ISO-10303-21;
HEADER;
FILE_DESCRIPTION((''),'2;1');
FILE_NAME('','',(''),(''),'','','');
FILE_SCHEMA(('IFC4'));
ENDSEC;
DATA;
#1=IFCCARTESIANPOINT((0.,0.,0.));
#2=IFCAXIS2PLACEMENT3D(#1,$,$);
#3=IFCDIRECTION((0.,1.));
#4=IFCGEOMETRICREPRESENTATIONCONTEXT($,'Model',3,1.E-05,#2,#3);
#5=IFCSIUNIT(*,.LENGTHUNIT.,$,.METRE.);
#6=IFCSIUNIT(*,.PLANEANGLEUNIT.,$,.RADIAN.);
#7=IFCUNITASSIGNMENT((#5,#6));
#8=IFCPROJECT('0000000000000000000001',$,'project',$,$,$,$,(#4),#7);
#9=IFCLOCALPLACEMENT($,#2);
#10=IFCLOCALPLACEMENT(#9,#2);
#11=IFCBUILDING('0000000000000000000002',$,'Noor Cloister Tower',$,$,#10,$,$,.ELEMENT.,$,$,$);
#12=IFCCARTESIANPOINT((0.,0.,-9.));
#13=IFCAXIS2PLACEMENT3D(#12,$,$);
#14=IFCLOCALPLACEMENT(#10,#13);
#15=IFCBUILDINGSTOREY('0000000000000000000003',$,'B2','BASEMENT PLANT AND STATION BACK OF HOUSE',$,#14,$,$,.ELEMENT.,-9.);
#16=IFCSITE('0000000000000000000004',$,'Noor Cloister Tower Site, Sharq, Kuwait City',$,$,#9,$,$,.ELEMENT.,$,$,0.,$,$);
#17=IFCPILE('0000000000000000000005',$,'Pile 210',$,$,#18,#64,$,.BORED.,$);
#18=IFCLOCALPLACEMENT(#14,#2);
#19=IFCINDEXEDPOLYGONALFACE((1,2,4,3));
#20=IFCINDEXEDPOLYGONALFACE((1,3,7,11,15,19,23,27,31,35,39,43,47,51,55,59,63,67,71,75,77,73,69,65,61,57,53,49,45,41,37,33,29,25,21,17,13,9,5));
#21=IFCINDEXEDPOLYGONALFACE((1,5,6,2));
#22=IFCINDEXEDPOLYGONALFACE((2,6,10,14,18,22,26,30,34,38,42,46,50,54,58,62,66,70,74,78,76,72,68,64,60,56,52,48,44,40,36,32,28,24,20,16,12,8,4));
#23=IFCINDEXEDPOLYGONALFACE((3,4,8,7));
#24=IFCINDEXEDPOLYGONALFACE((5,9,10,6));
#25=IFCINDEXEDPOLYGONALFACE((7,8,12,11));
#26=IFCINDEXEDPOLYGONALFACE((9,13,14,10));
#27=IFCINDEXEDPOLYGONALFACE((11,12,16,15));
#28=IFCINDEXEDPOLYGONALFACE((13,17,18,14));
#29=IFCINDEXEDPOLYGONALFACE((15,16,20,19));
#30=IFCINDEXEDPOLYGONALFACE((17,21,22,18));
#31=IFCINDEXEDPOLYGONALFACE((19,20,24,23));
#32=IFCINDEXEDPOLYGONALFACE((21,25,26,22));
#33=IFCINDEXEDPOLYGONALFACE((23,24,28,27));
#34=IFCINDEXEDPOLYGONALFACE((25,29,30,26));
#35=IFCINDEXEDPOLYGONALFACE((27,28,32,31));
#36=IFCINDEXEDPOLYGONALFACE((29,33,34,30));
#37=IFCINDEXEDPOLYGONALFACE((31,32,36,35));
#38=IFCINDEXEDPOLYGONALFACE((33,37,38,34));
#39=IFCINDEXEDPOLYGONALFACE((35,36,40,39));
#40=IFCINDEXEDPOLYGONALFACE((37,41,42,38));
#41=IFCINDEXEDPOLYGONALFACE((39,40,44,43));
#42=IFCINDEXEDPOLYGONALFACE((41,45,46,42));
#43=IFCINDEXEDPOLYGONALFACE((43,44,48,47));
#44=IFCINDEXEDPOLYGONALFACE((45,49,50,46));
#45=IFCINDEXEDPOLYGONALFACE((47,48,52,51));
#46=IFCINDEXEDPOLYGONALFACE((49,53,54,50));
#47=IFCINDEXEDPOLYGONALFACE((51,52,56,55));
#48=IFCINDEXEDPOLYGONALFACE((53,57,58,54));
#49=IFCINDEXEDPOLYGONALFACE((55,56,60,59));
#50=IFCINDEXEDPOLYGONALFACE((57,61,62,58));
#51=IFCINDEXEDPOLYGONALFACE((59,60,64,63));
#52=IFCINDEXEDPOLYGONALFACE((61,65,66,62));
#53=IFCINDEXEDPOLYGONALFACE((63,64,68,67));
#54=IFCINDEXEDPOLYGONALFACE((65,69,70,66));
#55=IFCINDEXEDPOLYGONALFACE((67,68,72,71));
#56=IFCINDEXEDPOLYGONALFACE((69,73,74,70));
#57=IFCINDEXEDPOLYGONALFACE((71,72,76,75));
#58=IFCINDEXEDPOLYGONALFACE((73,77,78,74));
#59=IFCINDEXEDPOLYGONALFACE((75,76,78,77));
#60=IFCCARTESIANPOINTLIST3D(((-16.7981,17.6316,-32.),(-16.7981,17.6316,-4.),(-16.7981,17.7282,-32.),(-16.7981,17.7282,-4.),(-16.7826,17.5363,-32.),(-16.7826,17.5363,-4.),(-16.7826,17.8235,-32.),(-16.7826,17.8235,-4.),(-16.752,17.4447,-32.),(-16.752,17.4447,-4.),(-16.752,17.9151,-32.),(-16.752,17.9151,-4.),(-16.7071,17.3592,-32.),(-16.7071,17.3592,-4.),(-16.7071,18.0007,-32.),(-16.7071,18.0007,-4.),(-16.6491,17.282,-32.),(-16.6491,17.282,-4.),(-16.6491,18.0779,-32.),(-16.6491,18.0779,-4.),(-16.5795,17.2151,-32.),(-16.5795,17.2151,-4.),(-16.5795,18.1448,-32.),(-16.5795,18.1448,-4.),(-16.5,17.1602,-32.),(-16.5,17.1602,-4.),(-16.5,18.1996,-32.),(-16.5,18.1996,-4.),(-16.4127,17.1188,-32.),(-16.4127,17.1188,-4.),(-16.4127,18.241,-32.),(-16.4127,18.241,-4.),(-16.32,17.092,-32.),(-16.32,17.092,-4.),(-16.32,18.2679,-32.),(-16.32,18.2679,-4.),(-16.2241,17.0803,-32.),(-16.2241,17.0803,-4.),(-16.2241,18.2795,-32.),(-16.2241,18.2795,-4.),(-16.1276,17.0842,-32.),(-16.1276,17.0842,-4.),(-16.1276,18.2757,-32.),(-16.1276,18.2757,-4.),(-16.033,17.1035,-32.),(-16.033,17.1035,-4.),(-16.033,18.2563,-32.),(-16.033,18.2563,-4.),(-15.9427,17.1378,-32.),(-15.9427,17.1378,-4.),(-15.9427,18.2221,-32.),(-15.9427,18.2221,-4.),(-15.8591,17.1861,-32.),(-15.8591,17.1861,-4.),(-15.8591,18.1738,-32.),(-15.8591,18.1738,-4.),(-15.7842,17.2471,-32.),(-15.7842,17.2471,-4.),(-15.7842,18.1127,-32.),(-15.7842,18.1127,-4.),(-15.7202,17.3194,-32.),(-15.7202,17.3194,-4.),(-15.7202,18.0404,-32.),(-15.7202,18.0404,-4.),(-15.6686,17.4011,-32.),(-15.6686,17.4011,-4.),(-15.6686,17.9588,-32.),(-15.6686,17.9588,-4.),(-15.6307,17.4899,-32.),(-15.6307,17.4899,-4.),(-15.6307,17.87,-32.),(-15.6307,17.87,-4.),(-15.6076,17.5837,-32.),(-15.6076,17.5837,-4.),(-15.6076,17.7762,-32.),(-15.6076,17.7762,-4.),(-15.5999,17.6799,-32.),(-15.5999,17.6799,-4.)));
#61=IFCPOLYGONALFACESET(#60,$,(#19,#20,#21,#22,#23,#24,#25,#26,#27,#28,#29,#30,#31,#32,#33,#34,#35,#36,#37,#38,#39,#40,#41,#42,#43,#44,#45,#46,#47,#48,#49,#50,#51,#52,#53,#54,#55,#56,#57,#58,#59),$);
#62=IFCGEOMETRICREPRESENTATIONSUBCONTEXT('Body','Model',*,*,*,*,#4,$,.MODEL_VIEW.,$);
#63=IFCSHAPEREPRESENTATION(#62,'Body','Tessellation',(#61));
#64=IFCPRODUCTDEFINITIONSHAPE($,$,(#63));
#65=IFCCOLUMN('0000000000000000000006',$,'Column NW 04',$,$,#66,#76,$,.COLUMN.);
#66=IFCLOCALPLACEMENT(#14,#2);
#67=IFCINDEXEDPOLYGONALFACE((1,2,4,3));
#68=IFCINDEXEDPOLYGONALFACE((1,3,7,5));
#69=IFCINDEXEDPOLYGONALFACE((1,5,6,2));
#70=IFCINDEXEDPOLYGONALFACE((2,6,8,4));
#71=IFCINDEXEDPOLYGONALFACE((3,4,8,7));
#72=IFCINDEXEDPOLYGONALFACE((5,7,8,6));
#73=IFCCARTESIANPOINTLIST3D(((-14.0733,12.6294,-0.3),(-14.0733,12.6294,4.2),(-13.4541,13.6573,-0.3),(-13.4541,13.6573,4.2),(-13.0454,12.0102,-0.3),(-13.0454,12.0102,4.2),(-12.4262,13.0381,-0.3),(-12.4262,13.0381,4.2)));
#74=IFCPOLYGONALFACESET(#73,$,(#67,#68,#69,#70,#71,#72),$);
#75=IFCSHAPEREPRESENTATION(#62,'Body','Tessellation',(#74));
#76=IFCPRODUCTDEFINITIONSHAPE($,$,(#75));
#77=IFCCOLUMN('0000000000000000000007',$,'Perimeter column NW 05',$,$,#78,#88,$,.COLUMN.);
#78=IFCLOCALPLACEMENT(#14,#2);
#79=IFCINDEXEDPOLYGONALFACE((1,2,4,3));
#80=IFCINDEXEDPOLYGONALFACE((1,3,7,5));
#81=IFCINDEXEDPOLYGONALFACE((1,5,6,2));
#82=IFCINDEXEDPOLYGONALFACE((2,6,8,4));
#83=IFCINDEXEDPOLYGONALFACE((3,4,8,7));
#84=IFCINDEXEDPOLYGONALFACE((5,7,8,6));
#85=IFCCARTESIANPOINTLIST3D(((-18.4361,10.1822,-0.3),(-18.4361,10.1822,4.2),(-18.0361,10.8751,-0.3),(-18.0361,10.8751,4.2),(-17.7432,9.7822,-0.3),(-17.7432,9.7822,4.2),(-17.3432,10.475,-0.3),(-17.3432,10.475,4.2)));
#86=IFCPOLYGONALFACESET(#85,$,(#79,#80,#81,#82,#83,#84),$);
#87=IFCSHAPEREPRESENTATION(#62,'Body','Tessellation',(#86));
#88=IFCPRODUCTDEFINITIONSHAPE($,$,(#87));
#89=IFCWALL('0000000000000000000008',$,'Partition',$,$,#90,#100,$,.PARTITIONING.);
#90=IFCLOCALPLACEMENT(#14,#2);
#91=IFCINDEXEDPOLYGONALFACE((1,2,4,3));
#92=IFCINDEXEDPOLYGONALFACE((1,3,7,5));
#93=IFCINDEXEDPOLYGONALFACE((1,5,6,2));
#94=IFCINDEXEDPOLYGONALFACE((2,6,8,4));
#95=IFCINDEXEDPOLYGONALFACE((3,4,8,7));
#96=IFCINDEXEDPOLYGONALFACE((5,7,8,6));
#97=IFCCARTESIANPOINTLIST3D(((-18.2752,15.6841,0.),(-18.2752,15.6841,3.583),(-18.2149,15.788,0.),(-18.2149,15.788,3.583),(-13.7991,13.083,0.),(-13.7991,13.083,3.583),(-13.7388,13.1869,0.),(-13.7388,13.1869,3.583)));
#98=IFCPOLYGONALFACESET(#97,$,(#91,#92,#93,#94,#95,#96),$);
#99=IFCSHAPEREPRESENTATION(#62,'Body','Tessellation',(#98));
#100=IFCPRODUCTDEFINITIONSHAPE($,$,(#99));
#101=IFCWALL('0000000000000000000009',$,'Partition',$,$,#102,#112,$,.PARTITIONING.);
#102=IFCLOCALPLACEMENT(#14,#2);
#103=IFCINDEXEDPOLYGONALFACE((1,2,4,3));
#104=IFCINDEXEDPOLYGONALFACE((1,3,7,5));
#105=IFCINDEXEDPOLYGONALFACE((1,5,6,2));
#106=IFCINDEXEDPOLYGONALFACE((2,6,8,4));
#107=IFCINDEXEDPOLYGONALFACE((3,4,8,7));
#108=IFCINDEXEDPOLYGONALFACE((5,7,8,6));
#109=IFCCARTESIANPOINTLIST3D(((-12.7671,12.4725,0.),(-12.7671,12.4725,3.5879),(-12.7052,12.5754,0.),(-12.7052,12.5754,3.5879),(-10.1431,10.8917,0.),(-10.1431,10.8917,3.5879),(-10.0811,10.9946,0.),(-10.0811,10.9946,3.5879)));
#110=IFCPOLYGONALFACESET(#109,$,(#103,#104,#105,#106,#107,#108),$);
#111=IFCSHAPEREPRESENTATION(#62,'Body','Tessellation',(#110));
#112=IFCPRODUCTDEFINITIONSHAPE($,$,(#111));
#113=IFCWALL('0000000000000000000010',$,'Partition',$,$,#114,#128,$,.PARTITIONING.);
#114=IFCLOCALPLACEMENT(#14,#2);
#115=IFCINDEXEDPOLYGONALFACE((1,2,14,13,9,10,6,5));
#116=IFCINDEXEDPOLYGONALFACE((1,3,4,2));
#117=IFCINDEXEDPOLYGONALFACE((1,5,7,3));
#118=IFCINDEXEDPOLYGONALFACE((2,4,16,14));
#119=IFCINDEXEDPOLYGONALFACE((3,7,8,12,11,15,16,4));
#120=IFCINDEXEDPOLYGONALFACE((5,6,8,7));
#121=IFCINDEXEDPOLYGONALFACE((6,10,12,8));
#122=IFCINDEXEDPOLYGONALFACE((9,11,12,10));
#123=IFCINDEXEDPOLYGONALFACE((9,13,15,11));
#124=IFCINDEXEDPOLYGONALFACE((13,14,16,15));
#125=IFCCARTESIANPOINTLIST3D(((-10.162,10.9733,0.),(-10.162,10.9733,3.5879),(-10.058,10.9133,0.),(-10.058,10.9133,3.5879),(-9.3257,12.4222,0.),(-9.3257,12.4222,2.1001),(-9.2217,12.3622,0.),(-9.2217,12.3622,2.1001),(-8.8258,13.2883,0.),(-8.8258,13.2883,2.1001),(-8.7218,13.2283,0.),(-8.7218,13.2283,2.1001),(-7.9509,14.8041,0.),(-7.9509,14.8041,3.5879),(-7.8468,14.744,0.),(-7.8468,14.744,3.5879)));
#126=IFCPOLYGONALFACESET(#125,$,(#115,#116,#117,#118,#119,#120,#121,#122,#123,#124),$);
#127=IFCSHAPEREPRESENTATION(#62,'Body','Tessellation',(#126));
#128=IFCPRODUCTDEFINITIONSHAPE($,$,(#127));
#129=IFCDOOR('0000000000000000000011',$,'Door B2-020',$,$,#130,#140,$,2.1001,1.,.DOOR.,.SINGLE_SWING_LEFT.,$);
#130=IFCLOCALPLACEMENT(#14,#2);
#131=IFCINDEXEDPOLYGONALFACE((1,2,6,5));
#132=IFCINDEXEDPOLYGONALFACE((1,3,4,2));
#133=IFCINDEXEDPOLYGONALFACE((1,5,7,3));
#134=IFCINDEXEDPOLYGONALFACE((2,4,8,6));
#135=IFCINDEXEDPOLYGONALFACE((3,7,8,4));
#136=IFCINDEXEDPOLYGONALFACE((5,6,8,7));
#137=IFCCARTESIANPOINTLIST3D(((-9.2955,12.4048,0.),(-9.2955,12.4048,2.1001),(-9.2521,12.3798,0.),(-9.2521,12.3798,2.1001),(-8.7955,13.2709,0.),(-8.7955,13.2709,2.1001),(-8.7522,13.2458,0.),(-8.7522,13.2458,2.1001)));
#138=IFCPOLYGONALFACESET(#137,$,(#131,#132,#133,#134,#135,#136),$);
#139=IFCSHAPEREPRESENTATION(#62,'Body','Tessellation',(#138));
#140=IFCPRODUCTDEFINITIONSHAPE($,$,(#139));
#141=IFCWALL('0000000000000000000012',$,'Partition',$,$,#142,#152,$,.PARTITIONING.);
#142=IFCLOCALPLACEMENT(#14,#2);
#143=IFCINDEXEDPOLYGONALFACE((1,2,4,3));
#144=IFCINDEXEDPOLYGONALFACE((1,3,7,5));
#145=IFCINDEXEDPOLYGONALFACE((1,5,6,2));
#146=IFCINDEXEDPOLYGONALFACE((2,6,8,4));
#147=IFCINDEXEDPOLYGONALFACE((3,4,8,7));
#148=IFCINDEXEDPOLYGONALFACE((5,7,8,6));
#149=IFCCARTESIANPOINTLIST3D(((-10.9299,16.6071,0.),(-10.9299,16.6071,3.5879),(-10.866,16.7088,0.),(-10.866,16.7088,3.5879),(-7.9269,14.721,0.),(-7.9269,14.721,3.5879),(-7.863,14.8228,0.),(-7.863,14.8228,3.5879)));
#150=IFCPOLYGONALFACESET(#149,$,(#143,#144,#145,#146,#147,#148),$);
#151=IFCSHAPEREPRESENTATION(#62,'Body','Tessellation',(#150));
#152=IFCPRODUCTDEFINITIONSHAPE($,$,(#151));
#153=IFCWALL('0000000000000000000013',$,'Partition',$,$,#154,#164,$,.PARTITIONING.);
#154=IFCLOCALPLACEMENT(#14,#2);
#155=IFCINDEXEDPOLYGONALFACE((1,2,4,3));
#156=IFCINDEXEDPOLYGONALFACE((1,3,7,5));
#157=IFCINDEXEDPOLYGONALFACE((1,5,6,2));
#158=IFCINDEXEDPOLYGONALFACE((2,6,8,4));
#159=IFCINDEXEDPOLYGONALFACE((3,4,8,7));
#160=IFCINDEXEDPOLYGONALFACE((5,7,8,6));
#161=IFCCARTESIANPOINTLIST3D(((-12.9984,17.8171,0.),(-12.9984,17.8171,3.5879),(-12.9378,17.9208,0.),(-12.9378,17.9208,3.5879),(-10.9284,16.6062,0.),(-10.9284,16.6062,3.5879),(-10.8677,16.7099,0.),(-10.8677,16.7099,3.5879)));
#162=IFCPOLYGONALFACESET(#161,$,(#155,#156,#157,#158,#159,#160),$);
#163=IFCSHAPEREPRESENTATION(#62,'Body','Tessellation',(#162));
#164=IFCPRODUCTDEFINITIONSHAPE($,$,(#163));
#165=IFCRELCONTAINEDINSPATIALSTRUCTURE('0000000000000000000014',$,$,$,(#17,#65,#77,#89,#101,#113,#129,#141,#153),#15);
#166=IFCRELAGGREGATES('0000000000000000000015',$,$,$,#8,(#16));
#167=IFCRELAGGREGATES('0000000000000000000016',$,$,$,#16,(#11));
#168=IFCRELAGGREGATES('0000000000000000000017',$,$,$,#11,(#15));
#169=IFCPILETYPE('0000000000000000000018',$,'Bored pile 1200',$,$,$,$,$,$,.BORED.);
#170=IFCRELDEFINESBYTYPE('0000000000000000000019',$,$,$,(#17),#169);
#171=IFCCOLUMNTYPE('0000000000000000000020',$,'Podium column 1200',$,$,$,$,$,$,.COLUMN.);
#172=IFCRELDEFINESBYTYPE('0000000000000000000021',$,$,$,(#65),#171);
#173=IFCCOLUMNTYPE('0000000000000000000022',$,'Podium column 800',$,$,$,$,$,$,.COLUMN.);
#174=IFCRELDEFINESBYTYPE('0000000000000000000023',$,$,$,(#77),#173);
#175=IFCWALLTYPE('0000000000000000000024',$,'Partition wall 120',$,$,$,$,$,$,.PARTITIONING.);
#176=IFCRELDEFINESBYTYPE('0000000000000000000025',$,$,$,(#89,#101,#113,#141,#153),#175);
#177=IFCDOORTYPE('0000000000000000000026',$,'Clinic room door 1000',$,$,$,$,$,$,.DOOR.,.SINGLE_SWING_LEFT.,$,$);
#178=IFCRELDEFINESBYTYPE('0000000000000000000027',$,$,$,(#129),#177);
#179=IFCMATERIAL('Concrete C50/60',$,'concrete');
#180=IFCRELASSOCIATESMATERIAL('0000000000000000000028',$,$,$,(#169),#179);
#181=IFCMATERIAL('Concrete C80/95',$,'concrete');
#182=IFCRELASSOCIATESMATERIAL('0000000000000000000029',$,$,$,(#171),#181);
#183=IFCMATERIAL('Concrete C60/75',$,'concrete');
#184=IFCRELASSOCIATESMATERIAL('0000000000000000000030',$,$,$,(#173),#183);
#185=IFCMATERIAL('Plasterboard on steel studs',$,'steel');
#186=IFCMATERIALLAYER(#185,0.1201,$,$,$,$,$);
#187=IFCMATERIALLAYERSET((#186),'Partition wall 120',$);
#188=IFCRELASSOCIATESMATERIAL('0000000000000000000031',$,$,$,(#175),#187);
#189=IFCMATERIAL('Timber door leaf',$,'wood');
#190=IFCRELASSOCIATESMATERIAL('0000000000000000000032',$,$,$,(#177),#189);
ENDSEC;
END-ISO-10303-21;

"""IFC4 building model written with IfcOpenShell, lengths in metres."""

from ifc_helpers import new_model, si_unit, direction, frame, frame_2d, origin, origin_2d, place, context, subcontext, project, spatial, rectangle, circle, extrude, material, layer, layer_set, material_profile, profile_set, type_object, element, fill, save


model = new_model("IFC4")

# Units and contexts
model_context = context("Model", 3, precision=1e-05, world=origin(), true_north=direction((0.0, 1.0)))
body_context = subcontext(model_context, "Body", "Model", "MODEL_VIEW")
ifc_project = project(units=[si_unit("LENGTHUNIT", "METRE"), si_unit("PLANEANGLEUNIT", "RADIAN")], contexts=[model_context])

# Site, building, storey
site_placement = place(None, origin())
site = spatial("IfcSite", under=ifc_project, at=site_placement, Name="Noor Cloister Tower Site, Sharq, Kuwait City", CompositionType="ELEMENT", RefElevation=0.0)
building_placement = place(site_placement, origin())
building = spatial("IfcBuilding", under=site, at=building_placement, Name="Noor Cloister Tower", CompositionType="ELEMENT")
storey_placement = place(building_placement, frame((0.0, 0.0, -9.0)))
storey = spatial("IfcBuildingStorey", under=building, at=storey_placement, Name="B2", Description="BASEMENT PLANT AND STATION BACK OF HOUSE", CompositionType="ELEMENT", Elevation=-9.0)

# Pile
ifc_material_1 = material(Name="Concrete C50/60", Category="concrete")
ifc_material_profile_1 = material_profile(ifc_material_1, circle(Radius=0.6001, at=origin_2d()), Name="Bored pile 1200")
ifc_profile_set_1 = profile_set([ifc_material_profile_1], Name="Concrete C50/60")
pile_type = type_object("IfcPileType", Name="Bored pile 1200", PredefinedType="BORED", material=ifc_profile_set_1)
for number, where, z_axis, x_axis, name in (
    (1, (-16.2, 17.6799, -4.0), (0.0, 0.0, -1.0), (1.0, 0.0, 0.0), "Pile 210"),
):
    element("IfcPile", number, at=place(storey_placement, frame(where, z_axis=z_axis, x_axis=x_axis)), inside=storey, type_object=pile_type, Name=name, PredefinedType="BORED", context=body_context, shape_type="SweptSolid", body=[
        extrude(circle(Radius=0.6001, at=origin_2d()), origin(), (0.0, 0.0, 1.0), 28.0),
    ])

# Columns
ifc_material_2 = material(Name="Concrete C80/95", Category="concrete")
ifc_material_profile_2 = material_profile(ifc_material_2, rectangle(XDim=1.2, YDim=1.2, at=origin_2d()), Name="Podium column 1200")
ifc_profile_set_2 = profile_set([ifc_material_profile_2], Name="Concrete C80/95")
column_type_1 = type_object("IfcColumnType", Name="Podium column 1200", PredefinedType="COLUMN", material=ifc_profile_set_2)
column_1_placement = place(storey_placement, frame((-13.2498, 12.8337, -0.3), z_axis=(0.0, 0.0, 1.0), x_axis=(-0.8566, 0.515981, 0.0)))
element("IfcColumn", 2, at=column_1_placement, inside=storey, type_object=column_type_1, Name="Column NW 04", PredefinedType="COLUMN", context=body_context, shape_type="SweptSolid", body=[
    extrude(rectangle(XDim=1.2, YDim=1.2, at=origin_2d()), origin(), (0.0, 0.0, 1.0), 4.5),
])
ifc_material_3 = material(Name="Concrete C60/75", Category="concrete")
ifc_material_profile_3 = material_profile(ifc_material_3, rectangle(XDim=0.8, YDim=0.8, at=origin_2d()), Name="Podium column 800")
ifc_profile_set_3 = profile_set([ifc_material_profile_3], Name="Concrete C60/75")
column_type_2 = type_object("IfcColumnType", Name="Podium column 800", PredefinedType="COLUMN", material=ifc_profile_set_3)
column_2_placement = place(storey_placement, frame((-17.8896, 10.3286, -0.3), z_axis=(0.0, 0.0, 1.0), x_axis=(-0.866025, 0.5, 0.0)))
element("IfcColumn", 3, at=column_2_placement, inside=storey, type_object=column_type_2, Name="Perimeter column NW 05", PredefinedType="COLUMN", context=body_context, shape_type="SweptSolid", body=[
    extrude(rectangle(XDim=0.8, YDim=0.8, at=origin_2d()), origin(), (0.0, 0.0, 1.0), 4.5),
])

# Walls
ifc_material_4 = material(Name="Plasterboard on steel studs", Category="steel")
ifc_layer = layer(ifc_material_4, 0.1201)
ifc_layer_set = layer_set([ifc_layer], Name="Partition wall 120")
wall_type = type_object("IfcWallType", Name="Partition wall 120", PredefinedType="PARTITIONING", material=ifc_layer_set)
wall_1_placement = place(storey_placement, frame((-13.769, 13.135, 0.0), z_axis=(0.0, 0.0, 1.0), x_axis=(-0.864616, 0.502434, 0.0)))
element("IfcWall", 4, at=wall_1_placement, inside=storey, type_object=wall_type, Name="Partition", PredefinedType="PARTITIONING", context=body_context, shape_type="SweptSolid", body=[
    extrude(rectangle(XDim=5.177, YDim=0.1201, at=frame_2d((2.5884, 0.0))), origin(), (0.0, 0.0, 1.0), 3.583),
])
wall_2_placement = place(storey_placement, frame((-10.1121, 10.9431, 0.0), z_axis=(0.0, 0.0, 1.0), x_axis=(-0.85657, 0.51603, 0.0)))
element("IfcWall", 5, at=wall_2_placement, inside=storey, type_object=wall_type, Name="Partition", PredefinedType="PARTITIONING", context=body_context, shape_type="SweptSolid", body=[
    extrude(rectangle(XDim=3.0635, YDim=0.1201, at=frame_2d((1.5317, 0.0))), origin(), (0.0, 0.0, 1.0), 3.5879),
])

# Wall, opening, door
wall_3_placement = place(storey_placement, frame((-7.8989, 14.7739, 0.0), z_axis=(0.0, 0.0, 1.0), x_axis=(-0.499909, -0.866078, 0.0)))
wall_3 = element("IfcWall", 6, at=wall_3_placement, inside=storey, type_object=wall_type, Name="Partition", PredefinedType="PARTITIONING", context=body_context, shape_type="SweptSolid", body=[
    extrude(rectangle(XDim=4.4231, YDim=0.1201, at=frame_2d((2.2114, 0.0))), origin(), (0.0, 0.0, 1.0), 3.5879),
])
opening_placement = place(wall_3_placement, frame((1.75, 0.0, 0.0)))
opening = element("IfcOpeningElement", 7, at=opening_placement, cuts=wall_3, PredefinedType="OPENING", context=body_context, shape_type="SweptSolid", body=[
    extrude(rectangle(XDim=1.0, YDim=2.1001, at=frame_2d((0.5, 1.05))), frame((0.0, 0.0701, 0.0), z_axis=(0.0, -1.0, 0.0), x_axis=(1.0, 0.0, 0.0)), (0.0, 0.0, 1.0), 0.1401),
])
ifc_material_5 = material(Name="Timber door leaf", Category="wood")
door_type = type_object("IfcDoorType", Name="Clinic room door 1000", OperationType="SINGLE_SWING_LEFT", PredefinedType="DOOR", material=ifc_material_5)
door_placement = place(opening_placement, origin())
door = element("IfcDoor", 8, at=door_placement, inside=storey, type_object=door_type, Name="Door B2-020", OperationType="SINGLE_SWING_LEFT", OverallHeight=2.1001, OverallWidth=1.0, PredefinedType="DOOR", context=body_context, shape_type="SweptSolid", body=[
    extrude(rectangle(XDim=1.0, YDim=2.1001, at=frame_2d((0.5, 1.05))), frame((0.0, 0.0249, 0.0), z_axis=(0.0, -1.0, 0.0), x_axis=(1.0, 0.0, 0.0)), (0.0, 0.0, 1.0), 0.05),
])
fill(opening, door)

# Walls
wall_4_placement = place(storey_placement, frame((-7.895, 14.772, 0.0), z_axis=(0.0, 0.0, 1.0), x_axis=(-0.846836, 0.531854, 0.0)))
element("IfcWall", 9, at=wall_4_placement, inside=storey, type_object=wall_type, Name="Partition", PredefinedType="PARTITIONING", context=body_context, shape_type="SweptSolid", body=[
    extrude(rectangle(XDim=3.5461, YDim=0.1201, at=frame_2d((1.7729, 0.0))), origin(), (0.0, 0.0, 1.0), 3.5879),
])
wall_5_placement = place(storey_placement, frame((-10.8979, 16.658, 0.0), z_axis=(0.0, 0.0, 1.0), x_axis=(-0.863162, 0.504928, 0.0)))
element("IfcWall", 10, at=wall_5_placement, inside=storey, type_object=wall_type, Name="Partition", PredefinedType="PARTITIONING", context=body_context, shape_type="SweptSolid", body=[
    extrude(rectangle(XDim=2.3982, YDim=0.1201, at=frame_2d((1.1992, 0.0))), origin(), (0.0, 0.0, 1.0), 3.5879),
])

save(model, "model.ifc")
